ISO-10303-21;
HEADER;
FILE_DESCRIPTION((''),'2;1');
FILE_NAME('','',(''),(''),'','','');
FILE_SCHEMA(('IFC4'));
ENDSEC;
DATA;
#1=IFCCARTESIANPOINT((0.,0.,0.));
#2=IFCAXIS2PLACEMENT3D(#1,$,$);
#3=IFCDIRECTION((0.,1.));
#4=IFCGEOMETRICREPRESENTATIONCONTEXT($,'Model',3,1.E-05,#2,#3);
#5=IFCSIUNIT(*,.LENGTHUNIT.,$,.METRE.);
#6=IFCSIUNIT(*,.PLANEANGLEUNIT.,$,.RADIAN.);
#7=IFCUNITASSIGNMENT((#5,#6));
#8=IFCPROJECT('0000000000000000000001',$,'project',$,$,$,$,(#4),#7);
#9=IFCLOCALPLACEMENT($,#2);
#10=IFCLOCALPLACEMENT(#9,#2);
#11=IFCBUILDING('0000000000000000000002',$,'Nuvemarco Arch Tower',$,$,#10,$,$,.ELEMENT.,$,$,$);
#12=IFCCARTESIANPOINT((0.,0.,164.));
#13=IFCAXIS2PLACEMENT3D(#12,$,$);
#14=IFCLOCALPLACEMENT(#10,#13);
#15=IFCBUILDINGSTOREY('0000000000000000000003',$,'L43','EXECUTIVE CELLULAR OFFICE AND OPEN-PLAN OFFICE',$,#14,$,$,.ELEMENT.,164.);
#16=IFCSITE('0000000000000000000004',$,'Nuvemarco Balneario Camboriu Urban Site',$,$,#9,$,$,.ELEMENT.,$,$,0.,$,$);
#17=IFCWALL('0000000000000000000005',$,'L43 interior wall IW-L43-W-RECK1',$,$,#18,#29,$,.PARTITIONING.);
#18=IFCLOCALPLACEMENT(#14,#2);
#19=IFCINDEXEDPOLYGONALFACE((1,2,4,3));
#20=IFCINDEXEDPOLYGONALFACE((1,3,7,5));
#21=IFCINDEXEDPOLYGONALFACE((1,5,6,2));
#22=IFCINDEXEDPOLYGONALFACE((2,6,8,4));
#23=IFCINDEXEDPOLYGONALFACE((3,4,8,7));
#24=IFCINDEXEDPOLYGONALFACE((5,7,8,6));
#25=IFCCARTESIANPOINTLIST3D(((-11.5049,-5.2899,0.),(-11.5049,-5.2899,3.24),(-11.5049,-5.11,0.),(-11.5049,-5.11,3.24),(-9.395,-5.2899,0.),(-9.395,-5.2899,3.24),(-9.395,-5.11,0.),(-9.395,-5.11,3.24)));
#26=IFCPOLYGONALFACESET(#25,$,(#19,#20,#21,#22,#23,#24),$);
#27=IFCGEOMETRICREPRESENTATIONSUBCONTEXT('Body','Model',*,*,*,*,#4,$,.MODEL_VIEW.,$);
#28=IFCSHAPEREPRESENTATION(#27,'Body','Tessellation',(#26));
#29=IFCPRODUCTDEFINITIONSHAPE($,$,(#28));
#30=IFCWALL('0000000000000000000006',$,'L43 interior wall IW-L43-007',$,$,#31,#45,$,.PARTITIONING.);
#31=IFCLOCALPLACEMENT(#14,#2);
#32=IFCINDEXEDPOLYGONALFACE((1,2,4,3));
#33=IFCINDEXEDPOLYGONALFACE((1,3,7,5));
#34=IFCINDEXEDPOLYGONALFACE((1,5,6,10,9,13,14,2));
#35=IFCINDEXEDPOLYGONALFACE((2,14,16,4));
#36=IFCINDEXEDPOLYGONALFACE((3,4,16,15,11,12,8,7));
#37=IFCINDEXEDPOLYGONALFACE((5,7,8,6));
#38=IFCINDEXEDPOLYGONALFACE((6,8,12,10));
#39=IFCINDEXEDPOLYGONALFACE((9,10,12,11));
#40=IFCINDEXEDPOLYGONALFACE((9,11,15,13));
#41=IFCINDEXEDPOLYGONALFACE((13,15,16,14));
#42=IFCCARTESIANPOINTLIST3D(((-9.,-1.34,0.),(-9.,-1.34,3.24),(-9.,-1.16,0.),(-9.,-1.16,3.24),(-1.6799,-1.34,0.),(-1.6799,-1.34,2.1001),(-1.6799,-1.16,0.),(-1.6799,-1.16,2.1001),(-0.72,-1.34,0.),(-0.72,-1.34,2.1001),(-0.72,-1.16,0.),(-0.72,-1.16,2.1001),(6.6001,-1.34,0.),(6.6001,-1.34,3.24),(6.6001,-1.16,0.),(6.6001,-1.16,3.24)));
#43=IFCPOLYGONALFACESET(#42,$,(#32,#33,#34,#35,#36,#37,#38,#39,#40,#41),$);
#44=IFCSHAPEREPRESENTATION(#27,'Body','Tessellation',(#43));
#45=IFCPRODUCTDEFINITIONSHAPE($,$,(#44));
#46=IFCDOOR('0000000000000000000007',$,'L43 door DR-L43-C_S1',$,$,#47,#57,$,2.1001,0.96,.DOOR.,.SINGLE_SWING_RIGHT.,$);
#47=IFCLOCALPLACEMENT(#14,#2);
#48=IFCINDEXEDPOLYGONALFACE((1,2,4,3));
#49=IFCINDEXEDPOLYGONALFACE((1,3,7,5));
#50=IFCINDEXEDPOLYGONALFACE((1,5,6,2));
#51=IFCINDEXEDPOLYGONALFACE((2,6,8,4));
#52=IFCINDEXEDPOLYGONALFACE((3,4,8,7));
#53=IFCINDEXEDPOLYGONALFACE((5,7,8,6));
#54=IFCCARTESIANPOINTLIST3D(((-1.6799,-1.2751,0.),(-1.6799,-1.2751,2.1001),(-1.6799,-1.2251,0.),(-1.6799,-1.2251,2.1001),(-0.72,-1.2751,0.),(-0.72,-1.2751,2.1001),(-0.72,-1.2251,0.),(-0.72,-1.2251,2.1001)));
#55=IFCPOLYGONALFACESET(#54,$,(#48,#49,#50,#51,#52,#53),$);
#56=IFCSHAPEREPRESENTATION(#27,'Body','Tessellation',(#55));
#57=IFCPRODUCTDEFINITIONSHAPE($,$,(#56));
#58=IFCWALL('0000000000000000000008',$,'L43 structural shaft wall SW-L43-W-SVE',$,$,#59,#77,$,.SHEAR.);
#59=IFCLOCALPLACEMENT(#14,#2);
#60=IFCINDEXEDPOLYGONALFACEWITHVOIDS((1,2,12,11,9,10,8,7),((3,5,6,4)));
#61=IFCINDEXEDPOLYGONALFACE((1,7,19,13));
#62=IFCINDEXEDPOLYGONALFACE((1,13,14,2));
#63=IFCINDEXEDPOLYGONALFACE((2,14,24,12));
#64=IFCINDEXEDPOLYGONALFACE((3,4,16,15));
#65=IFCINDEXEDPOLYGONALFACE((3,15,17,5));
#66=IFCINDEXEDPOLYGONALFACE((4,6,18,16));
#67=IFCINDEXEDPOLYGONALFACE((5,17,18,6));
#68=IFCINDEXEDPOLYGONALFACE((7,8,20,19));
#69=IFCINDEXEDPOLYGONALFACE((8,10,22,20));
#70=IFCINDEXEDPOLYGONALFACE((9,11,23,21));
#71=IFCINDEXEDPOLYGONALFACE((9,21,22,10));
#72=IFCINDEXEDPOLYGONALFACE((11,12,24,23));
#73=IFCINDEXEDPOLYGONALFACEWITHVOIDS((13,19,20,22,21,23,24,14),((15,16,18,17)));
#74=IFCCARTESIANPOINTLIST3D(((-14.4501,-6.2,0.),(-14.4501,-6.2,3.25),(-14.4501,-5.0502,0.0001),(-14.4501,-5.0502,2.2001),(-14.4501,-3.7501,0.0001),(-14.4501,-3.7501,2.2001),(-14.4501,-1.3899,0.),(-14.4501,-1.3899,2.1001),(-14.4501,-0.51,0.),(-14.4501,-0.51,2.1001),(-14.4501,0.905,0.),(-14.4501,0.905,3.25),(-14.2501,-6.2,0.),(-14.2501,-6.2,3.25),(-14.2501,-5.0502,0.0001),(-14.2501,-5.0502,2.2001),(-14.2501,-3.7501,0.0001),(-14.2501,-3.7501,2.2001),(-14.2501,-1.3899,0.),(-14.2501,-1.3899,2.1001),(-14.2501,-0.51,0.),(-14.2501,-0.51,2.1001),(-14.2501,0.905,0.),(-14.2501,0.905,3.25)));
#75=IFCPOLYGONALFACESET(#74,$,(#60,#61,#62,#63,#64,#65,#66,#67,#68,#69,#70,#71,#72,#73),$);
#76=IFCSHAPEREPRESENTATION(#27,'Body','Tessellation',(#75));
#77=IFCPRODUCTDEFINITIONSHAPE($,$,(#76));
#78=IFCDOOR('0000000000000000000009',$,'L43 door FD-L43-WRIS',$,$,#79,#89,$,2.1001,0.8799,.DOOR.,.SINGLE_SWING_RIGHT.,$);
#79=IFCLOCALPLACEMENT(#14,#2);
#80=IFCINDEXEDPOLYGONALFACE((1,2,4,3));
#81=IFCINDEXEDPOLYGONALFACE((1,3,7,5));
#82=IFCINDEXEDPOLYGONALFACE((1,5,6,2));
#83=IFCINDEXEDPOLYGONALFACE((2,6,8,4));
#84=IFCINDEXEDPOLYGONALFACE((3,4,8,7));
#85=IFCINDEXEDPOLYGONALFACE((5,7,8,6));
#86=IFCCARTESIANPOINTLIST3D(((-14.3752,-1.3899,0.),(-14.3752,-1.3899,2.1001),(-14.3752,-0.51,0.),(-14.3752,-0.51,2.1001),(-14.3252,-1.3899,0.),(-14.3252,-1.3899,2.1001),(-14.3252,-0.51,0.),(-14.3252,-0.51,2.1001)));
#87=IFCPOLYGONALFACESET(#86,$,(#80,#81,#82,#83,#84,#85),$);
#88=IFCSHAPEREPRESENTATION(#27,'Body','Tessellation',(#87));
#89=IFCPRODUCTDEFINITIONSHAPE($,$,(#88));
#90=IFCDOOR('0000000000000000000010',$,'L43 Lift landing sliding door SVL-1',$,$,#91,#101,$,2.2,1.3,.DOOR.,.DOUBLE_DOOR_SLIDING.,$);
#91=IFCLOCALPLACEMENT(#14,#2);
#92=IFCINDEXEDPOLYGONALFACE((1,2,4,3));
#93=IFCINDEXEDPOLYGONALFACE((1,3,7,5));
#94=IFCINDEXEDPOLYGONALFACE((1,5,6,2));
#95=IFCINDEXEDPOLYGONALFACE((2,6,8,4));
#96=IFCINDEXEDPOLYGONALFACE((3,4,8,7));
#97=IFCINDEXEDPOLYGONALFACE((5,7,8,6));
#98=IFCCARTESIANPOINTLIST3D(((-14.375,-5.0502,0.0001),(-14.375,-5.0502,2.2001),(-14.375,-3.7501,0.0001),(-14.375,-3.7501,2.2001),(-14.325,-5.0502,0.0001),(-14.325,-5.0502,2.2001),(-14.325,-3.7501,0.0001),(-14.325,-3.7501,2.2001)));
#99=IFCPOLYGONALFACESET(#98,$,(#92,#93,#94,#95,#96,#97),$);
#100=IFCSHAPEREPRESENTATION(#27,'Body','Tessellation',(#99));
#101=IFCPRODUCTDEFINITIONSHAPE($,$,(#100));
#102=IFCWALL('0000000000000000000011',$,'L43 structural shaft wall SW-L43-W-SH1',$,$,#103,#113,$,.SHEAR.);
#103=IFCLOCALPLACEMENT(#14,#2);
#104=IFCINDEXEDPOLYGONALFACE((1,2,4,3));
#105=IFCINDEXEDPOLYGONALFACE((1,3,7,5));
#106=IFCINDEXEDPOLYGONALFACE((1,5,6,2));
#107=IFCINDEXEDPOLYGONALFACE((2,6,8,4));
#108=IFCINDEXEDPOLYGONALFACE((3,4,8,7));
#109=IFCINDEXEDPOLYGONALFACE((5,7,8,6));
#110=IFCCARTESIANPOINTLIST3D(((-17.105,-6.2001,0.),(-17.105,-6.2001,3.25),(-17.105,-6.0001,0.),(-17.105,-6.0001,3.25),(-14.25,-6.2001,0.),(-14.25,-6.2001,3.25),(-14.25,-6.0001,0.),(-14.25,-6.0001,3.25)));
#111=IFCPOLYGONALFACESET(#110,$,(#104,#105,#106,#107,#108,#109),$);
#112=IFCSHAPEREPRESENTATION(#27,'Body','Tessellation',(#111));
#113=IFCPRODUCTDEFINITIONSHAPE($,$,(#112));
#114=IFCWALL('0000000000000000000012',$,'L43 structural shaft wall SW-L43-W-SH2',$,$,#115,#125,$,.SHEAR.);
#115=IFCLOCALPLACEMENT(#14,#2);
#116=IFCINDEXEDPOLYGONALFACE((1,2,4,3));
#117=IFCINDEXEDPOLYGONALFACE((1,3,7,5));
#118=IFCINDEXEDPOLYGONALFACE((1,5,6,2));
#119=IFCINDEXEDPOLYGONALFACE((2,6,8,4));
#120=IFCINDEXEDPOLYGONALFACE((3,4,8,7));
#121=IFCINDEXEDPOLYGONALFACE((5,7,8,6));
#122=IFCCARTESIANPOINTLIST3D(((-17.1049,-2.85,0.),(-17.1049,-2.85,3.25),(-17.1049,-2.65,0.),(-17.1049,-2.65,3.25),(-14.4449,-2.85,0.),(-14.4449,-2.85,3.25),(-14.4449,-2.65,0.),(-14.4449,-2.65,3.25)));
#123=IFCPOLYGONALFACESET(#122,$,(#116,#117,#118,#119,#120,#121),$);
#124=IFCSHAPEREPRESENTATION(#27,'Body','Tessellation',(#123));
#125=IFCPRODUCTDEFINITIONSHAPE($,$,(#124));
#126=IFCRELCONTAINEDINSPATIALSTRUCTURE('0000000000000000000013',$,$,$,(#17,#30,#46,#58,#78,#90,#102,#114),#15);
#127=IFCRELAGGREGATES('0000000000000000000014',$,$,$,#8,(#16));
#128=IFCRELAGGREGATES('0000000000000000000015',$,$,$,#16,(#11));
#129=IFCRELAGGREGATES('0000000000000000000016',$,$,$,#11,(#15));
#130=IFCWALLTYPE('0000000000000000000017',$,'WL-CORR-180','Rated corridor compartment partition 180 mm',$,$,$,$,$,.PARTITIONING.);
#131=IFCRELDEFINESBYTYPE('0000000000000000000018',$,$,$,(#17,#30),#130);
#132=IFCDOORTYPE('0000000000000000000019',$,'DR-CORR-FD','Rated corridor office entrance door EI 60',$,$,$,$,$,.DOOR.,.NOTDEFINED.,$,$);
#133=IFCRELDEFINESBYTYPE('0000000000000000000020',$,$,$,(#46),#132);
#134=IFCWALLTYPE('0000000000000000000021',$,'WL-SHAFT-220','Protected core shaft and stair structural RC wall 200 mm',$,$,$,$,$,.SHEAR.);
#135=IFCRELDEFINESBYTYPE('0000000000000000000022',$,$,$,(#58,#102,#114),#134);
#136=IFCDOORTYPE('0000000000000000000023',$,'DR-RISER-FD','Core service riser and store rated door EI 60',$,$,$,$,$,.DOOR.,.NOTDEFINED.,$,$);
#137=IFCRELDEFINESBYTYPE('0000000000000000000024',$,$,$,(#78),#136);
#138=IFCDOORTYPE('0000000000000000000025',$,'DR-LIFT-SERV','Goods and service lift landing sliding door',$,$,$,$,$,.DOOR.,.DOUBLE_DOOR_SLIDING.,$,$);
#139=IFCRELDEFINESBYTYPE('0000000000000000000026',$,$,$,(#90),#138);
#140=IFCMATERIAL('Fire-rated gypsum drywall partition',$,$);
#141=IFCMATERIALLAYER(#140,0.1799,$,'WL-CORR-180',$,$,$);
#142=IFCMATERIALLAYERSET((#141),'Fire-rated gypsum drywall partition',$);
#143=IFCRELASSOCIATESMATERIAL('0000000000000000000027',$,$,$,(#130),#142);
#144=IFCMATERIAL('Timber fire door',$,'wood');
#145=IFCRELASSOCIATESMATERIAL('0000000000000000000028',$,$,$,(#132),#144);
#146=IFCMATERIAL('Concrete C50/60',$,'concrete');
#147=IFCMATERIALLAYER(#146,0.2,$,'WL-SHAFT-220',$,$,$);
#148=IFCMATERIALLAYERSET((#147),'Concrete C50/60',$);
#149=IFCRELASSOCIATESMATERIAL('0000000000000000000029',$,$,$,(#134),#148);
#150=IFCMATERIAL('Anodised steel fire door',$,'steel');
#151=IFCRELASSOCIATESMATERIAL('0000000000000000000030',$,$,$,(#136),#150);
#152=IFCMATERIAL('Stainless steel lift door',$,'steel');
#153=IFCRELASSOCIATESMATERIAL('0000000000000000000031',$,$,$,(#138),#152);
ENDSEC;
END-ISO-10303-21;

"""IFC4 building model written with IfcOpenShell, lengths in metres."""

from ifc_helpers import new_model, si_unit, direction, frame, frame_2d, origin, place, context, subcontext, project, spatial, rectangle, extrude, source, transform, mapped, material, layer, layer_set, type_object, type_shapes, element, fill, save


model = new_model("IFC4")

# Units and contexts
model_context = context("Model", 3, precision=1e-05, world=origin(), true_north=direction((0.0, 1.0)))
body_context = subcontext(model_context, "Body", "Model", "MODEL_VIEW")
ifc_project = project(units=[si_unit("LENGTHUNIT", "METRE"), si_unit("PLANEANGLEUNIT", "RADIAN")], contexts=[model_context])

# Site, building, storey
site_placement = place(None, origin())
site = spatial("IfcSite", under=ifc_project, at=site_placement, Name="Nuvemarco Balneario Camboriu Urban Site", CompositionType="ELEMENT", RefElevation=0.0)
building_placement = place(site_placement, origin())
building = spatial("IfcBuilding", under=site, at=building_placement, Name="Nuvemarco Arch Tower", CompositionType="ELEMENT")
storey_placement = place(building_placement, frame((0.0, 0.0, 164.0)))
storey = spatial("IfcBuildingStorey", under=building, at=storey_placement, Name="L43", Description="EXECUTIVE CELLULAR OFFICE AND OPEN-PLAN OFFICE", CompositionType="ELEMENT", Elevation=164.0)

# Shared definitions
ifc_material_1 = material(Name="Concrete C50/60", Category="concrete")

# Shared definitions
ifc_material_2 = material(Name="Anodised steel fire door", Category="steel")

# Wall
ifc_material_3 = material(Name="Fire-rated gypsum drywall partition")
ifc_layer_1 = layer(ifc_material_3, 0.1799, Name="WL-CORR-180")
ifc_layer_set_1 = layer_set([ifc_layer_1], Name="Fire-rated gypsum drywall partition")
wall_type_1 = type_object("IfcWallType", Name="WL-CORR-180", Description="Rated corridor compartment partition 180 mm", PredefinedType="PARTITIONING", material=ifc_layer_set_1)
wall_1_placement = place(storey_placement, frame((-11.5049, -5.2, 0.0), z_axis=(0.0, 0.0, 1.0), x_axis=(1.0, 0.0, 0.0)))
element("IfcWall", 1, at=wall_1_placement, inside=storey, type_object=wall_type_1, Name="L43 interior wall IW-L43-W-RECK1", PredefinedType="PARTITIONING", context=body_context, shape_type="SweptSolid", body=[
    extrude(rectangle(XDim=2.1099, YDim=0.1799, at=frame_2d((1.0549, 0.0))), origin(), (0.0, 0.0, 1.0), 3.24),
])

# Wall, opening, door
wall_2_placement = place(storey_placement, frame((-9.0, -1.25, 0.0), z_axis=(0.0, 0.0, 1.0), x_axis=(1.0, 0.0, 0.0)))
wall_2 = element("IfcWall", 2, at=wall_2_placement, inside=storey, type_object=wall_type_1, Name="L43 interior wall IW-L43-007", PredefinedType="PARTITIONING", context=body_context, shape_type="SweptSolid", body=[
    extrude(rectangle(XDim=15.6001, YDim=0.1799, at=frame_2d((7.8, 0.0))), origin(), (0.0, 0.0, 1.0), 3.24),
])
opening_1_placement = place(wall_2_placement, frame((7.3201, 0.0, 0.0)))
opening_1 = element("IfcOpeningElement", 3, at=opening_1_placement, cuts=wall_2, PredefinedType="OPENING", context=body_context, shape_type="SweptSolid", body=[
    extrude(rectangle(XDim=0.96, YDim=2.1001, at=frame_2d((0.48, 1.05))), frame((0.0, 0.0999, 0.0), z_axis=(0.0, -1.0, 0.0), x_axis=(1.0, 0.0, 0.0)), (0.0, 0.0, 1.0), 0.2),
])
ifc_material_4 = material(Name="Timber fire door", Category="wood")
door_type_1 = type_object("IfcDoorType", Name="DR-CORR-FD", Description="Rated corridor office entrance door EI 60", OperationType="NOTDEFINED", PredefinedType="DOOR", material=ifc_material_4)
shared_shape_1 = source(origin(), body_context, "Body", "SweptSolid", [
    extrude(rectangle(XDim=0.96, YDim=2.1001, at=frame_2d((0.48, 1.05))), frame((0.0, 0.0249, 0.0), z_axis=(0.0, -1.0, 0.0), x_axis=(1.0, 0.0, 0.0)), (0.0, 0.0, 1.0), 0.05),
])
type_shapes(door_type_1, [shared_shape_1])
door_1_placement = place(opening_1_placement, origin())
door_1 = element("IfcDoor", 4, at=door_1_placement, inside=storey, type_object=door_type_1, Name="L43 door DR-L43-C_S1", OperationType="SINGLE_SWING_RIGHT", OverallHeight=2.1001, OverallWidth=0.96, PredefinedType="DOOR", context=body_context, shape_type="MappedRepresentation", body=[
    mapped(shared_shape_1, transform((0.0, 0.0, 0.0), scale=1.0)),
])
fill(opening_1, door_1)
ifc_layer_2 = layer(ifc_material_1, 0.2, Name="WL-SHAFT-220")
ifc_layer_set_2 = layer_set([ifc_layer_2], Name="Concrete C50/60")
wall_type_2 = type_object("IfcWallType", Name="WL-SHAFT-220", Description="Protected core shaft and stair structural RC wall 200 mm", PredefinedType="SHEAR", material=ifc_layer_set_2)
ifc_material_5 = material(Name="Stainless steel lift door", Category="steel")

# Wall, openings, doors
wall_3_placement = place(storey_placement, frame((-14.3501, -6.2, 0.0), z_axis=(0.0, 0.0, 1.0), x_axis=(0.0, 1.0, 0.0)))
wall_3 = element("IfcWall", 5, at=wall_3_placement, inside=storey, type_object=wall_type_2, Name="L43 structural shaft wall SW-L43-W-SVE", PredefinedType="SHEAR", context=body_context, shape_type="SweptSolid", body=[
    extrude(rectangle(XDim=7.105, YDim=0.2, at=frame_2d((3.5525, 0.0))), origin(), (0.0, 0.0, 1.0), 3.25),
])
opening_2_placement = place(wall_3_placement, frame((5.6899, 0.0, 0.0), z_axis=(0.0, 0.0, 1.0), x_axis=(-1.0, 0.0, 0.0)))
opening_2 = element("IfcOpeningElement", 6, at=opening_2_placement, cuts=wall_3, PredefinedType="OPENING", context=body_context, shape_type="SweptSolid", body=[
    extrude(rectangle(XDim=0.8799, YDim=2.1001, at=frame_2d((0.4399, 1.05))), frame((0.0, 0.1099, 0.0), z_axis=(0.0, -1.0, 0.0), x_axis=(1.0, 0.0, 0.0)), (0.0, 0.0, 1.0), 0.22),
])
opening_3_placement = place(wall_3_placement, frame((1.1499, 0.0, 0.0)))
opening_3 = element("IfcOpeningElement", 7, at=opening_3_placement, cuts=wall_3, PredefinedType="OPENING", context=body_context, shape_type="SweptSolid", body=[
    extrude(rectangle(XDim=1.3, YDim=2.2, at=frame_2d((0.6499, 1.1001))), frame((0.0, 0.1099, 0.0), z_axis=(0.0, -1.0, 0.0), x_axis=(1.0, 0.0, 0.0)), (0.0, 0.0, 1.0), 0.22),
])
door_type_2 = type_object("IfcDoorType", Name="DR-RISER-FD", Description="Core service riser and store rated door EI 60", OperationType="NOTDEFINED", PredefinedType="DOOR", material=ifc_material_2)
shared_shape_2 = source(origin(), body_context, "Body", "SweptSolid", [
    extrude(rectangle(XDim=0.8799, YDim=2.1001, at=frame_2d((0.4399, 1.05))), frame((0.0, 0.0249, 0.0), z_axis=(0.0, -1.0, 0.0), x_axis=(1.0, 0.0, 0.0)), (0.0, 0.0, 1.0), 0.05),
])
type_shapes(door_type_2, [shared_shape_2])
door_2_placement = place(opening_2_placement, origin())
door_2 = element("IfcDoor", 8, at=door_2_placement, inside=storey, type_object=door_type_2, Name="L43 door FD-L43-WRIS", OperationType="SINGLE_SWING_RIGHT", OverallHeight=2.1001, OverallWidth=0.8799, PredefinedType="DOOR", context=body_context, shape_type="MappedRepresentation", body=[
    mapped(shared_shape_2, transform((0.0, 0.0, 0.0), scale=1.0)),
])
fill(opening_2, door_2)
door_type_3 = type_object("IfcDoorType", Name="DR-LIFT-SERV", Description="Goods and service lift landing sliding door", OperationType="DOUBLE_DOOR_SLIDING", PredefinedType="DOOR", material=ifc_material_5)
shared_shape_3 = source(origin(), body_context, "Body", "SweptSolid", [
    extrude(rectangle(XDim=1.3, YDim=2.2, at=frame_2d((0.6499, 1.1001))), frame((0.0, 0.0249, 0.0), z_axis=(0.0, -1.0, 0.0), x_axis=(1.0, 0.0, 0.0)), (0.0, 0.0, 1.0), 0.05),
])
type_shapes(door_type_3, [shared_shape_3])
door_3_placement = place(opening_3_placement, origin())
door_3 = element("IfcDoor", 9, at=door_3_placement, inside=storey, type_object=door_type_3, Name="L43 Lift landing sliding door SVL-1", OperationType="DOUBLE_DOOR_SLIDING", OverallHeight=2.2, OverallWidth=1.3, PredefinedType="DOOR", context=body_context, shape_type="MappedRepresentation", body=[
    mapped(shared_shape_3, transform((0.0, 0.0, 0.0), scale=1.0)),
])
fill(opening_3, door_3)

# Walls
wall_4_placement = place(storey_placement, frame((-17.105, -6.1001, 0.0), z_axis=(0.0, 0.0, 1.0), x_axis=(1.0, 0.0, 0.0)))
element("IfcWall", 10, at=wall_4_placement, inside=storey, type_object=wall_type_2, Name="L43 structural shaft wall SW-L43-W-SH1", PredefinedType="SHEAR", context=body_context, shape_type="SweptSolid", body=[
    extrude(rectangle(XDim=2.855, YDim=0.2, at=frame_2d((1.4275, 0.0))), origin(), (0.0, 0.0, 1.0), 3.25),
])
wall_5_placement = place(storey_placement, frame((-17.105, -2.75, 0.0), z_axis=(0.0, 0.0, 1.0), x_axis=(1.0, 0.0, 0.0)))
element("IfcWall", 11, at=wall_5_placement, inside=storey, type_object=wall_type_2, Name="L43 structural shaft wall SW-L43-W-SH2", PredefinedType="SHEAR", context=body_context, shape_type="SweptSolid", body=[
    extrude(rectangle(XDim=2.6599, YDim=0.2, at=frame_2d((1.3301, 0.0))), origin(), (0.0, 0.0, 1.0), 3.25),
])

save(model, "model.ifc")
